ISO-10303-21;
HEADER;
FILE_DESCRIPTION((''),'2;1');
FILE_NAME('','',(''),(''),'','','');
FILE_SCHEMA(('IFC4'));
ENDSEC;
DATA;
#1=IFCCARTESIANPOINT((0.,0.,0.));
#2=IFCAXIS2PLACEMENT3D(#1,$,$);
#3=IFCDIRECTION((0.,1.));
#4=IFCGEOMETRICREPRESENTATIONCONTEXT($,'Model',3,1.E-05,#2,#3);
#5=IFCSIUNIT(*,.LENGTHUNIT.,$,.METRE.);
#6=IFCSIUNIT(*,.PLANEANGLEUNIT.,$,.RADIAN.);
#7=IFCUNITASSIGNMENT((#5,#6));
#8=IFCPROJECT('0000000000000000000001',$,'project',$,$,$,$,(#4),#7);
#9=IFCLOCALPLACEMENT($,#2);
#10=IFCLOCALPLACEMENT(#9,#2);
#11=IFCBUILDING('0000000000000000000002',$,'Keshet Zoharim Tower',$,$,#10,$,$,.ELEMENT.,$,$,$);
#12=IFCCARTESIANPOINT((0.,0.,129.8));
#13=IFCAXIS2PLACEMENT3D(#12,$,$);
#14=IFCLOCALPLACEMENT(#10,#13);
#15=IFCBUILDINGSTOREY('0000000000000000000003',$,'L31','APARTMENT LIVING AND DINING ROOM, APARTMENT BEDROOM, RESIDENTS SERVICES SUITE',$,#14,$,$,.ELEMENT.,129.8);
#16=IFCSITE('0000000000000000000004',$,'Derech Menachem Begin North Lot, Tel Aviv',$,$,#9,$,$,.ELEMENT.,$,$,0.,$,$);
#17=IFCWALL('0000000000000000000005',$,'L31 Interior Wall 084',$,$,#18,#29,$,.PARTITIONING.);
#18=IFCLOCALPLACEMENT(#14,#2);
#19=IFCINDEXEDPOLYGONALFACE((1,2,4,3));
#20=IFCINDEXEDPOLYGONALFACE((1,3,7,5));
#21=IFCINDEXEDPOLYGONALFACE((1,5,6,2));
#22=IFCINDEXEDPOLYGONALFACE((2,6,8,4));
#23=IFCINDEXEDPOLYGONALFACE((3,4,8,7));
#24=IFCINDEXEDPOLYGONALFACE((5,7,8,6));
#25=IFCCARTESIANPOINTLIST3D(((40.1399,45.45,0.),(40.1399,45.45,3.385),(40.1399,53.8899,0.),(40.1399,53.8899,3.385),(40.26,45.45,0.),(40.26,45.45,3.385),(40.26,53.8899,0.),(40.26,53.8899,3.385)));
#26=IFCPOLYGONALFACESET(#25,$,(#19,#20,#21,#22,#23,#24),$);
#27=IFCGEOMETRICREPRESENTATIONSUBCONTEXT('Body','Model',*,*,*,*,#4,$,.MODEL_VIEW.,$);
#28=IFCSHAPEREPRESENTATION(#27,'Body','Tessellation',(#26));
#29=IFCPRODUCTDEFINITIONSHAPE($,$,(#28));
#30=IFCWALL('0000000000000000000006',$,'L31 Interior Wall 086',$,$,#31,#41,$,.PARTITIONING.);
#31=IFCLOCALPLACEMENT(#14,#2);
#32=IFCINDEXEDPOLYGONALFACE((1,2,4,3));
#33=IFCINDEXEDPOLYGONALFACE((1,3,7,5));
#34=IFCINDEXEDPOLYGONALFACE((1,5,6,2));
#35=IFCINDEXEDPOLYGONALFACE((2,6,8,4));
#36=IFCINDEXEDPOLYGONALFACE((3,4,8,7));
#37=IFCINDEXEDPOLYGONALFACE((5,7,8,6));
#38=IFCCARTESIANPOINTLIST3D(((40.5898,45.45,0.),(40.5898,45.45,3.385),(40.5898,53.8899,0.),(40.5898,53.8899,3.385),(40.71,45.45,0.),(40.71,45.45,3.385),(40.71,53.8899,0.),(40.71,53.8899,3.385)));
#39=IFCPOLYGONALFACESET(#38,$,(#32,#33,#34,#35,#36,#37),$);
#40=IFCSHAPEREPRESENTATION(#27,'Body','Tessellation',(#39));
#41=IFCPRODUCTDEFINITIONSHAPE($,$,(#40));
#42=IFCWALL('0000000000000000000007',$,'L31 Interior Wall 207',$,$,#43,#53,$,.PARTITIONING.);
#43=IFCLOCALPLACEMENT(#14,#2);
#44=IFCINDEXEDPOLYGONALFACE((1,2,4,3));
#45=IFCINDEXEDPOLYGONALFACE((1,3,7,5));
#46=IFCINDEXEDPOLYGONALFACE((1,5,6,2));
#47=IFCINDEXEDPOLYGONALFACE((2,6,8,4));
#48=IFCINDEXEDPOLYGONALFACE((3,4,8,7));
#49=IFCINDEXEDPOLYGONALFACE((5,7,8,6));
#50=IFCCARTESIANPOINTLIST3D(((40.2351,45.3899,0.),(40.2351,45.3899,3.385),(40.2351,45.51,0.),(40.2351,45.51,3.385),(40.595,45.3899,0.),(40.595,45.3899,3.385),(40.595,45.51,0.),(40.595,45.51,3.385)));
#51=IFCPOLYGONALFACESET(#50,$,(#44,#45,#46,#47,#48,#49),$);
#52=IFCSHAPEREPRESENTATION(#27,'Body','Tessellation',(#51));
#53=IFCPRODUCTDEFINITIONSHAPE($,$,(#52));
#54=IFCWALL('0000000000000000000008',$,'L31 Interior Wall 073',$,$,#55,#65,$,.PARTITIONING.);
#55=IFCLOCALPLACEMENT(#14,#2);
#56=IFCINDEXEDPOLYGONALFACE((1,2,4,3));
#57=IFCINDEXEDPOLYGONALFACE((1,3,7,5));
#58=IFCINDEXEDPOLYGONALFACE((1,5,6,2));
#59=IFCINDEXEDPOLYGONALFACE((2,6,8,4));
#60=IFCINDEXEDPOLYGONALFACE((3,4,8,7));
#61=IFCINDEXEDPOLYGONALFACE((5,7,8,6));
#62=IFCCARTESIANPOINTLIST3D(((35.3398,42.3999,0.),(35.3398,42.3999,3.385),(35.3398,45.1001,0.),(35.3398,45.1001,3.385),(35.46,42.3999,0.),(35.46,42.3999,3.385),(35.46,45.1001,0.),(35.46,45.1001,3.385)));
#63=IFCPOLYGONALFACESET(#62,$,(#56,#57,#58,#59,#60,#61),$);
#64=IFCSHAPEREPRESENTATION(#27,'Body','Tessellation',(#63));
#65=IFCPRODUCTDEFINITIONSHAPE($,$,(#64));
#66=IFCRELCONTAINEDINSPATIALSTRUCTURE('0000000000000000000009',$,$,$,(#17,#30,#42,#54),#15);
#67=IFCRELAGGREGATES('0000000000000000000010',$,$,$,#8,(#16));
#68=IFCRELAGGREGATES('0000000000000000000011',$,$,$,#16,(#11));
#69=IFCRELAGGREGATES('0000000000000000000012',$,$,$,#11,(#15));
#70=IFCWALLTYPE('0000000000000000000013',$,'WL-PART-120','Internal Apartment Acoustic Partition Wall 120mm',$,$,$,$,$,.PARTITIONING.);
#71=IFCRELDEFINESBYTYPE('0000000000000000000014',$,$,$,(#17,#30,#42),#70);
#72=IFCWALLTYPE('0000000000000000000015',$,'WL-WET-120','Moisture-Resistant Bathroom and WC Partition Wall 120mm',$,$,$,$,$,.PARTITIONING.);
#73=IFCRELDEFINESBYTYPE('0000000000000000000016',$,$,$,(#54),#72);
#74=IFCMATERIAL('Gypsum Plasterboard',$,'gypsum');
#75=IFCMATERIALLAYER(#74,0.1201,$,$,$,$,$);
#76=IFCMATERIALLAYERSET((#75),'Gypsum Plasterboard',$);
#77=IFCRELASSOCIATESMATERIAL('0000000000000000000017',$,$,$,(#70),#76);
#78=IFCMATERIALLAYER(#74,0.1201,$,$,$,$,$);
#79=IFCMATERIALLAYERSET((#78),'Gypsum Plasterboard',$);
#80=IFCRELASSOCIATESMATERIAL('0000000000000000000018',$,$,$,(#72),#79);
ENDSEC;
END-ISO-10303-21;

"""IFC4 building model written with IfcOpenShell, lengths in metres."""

from ifc_helpers import new_model, si_unit, direction, frame, frame_2d, origin, place, context, subcontext, project, spatial, rectangle, extrude, material, layer, layer_set, type_object, element, save


model = new_model("IFC4")

# Units and contexts
model_context = context("Model", 3, precision=1e-05, world=origin(), true_north=direction((0.0, 1.0)))
body_context = subcontext(model_context, "Body", "Model", "MODEL_VIEW")
ifc_project = project(units=[si_unit("LENGTHUNIT", "METRE"), si_unit("PLANEANGLEUNIT", "RADIAN")], contexts=[model_context])

# Site, building, storey
site_placement = place(None, origin())
site = spatial("IfcSite", under=ifc_project, at=site_placement, Name="Derech Menachem Begin North Lot, Tel Aviv", CompositionType="ELEMENT", RefElevation=0.0)
building_placement = place(site_placement, origin())
building = spatial("IfcBuilding", under=site, at=building_placement, Name="Keshet Zoharim Tower", CompositionType="ELEMENT")
storey_placement = place(building_placement, frame((0.0, 0.0, 129.8)))
storey = spatial("IfcBuildingStorey", under=building, at=storey_placement, Name="L31", Description="APARTMENT LIVING AND DINING ROOM, APARTMENT BEDROOM, RESIDENTS SERVICES SUITE", CompositionType="ELEMENT", Elevation=129.8)

# Walls
ifc_material_1 = material(Name="Gypsum Plasterboard", Category="gypsum")
ifc_layer_1 = layer(ifc_material_1, 0.1201)
ifc_layer_set_1 = layer_set([ifc_layer_1], Name="Gypsum Plasterboard")
wall_type_1 = type_object("IfcWallType", Name="WL-PART-120", Description="Internal Apartment Acoustic Partition Wall 120mm", PredefinedType="PARTITIONING", material=ifc_layer_set_1)
for number, where, z_axis, x_axis, name in (
    (1, (40.2, 45.45, 0.0), (0.0, 0.0, 1.0), (0.0, 1.0, 0.0), "L31 Interior Wall 084"),
    (2, (40.6499, 45.45, 0.0), (0.0, 0.0, 1.0), (0.0, 1.0, 0.0), "L31 Interior Wall 086"),
):
    element("IfcWall", number, at=place(storey_placement, frame(where, z_axis=z_axis, x_axis=x_axis)), inside=storey, type_object=wall_type_1, Name=name, PredefinedType="PARTITIONING", context=body_context, shape_type="SweptSolid", body=[
        extrude(rectangle(XDim=8.4399, YDim=0.1201, at=frame_2d((4.22, 0.0))), origin(), (0.0, 0.0, 1.0), 3.385),
    ])

# Wall
wall_1_placement = place(storey_placement, frame((40.2351, 45.45, 0.0), z_axis=(0.0, 0.0, 1.0), x_axis=(1.0, 0.0, 0.0)))
element("IfcWall", 3, at=wall_1_placement, inside=storey, type_object=wall_type_1, Name="L31 Interior Wall 207", PredefinedType="PARTITIONING", context=body_context, shape_type="SweptSolid", body=[
    extrude(rectangle(XDim=0.3599, YDim=0.1201, at=frame_2d((0.1799, 0.0))), origin(), (0.0, 0.0, 1.0), 3.385),
])

# Wall
ifc_layer_2 = layer(ifc_material_1, 0.1201)
ifc_layer_set_2 = layer_set([ifc_layer_2], Name="Gypsum Plasterboard")
wall_type_2 = type_object("IfcWallType", Name="WL-WET-120", Description="Moisture-Resistant Bathroom and WC Partition Wall 120mm", PredefinedType="PARTITIONING", material=ifc_layer_set_2)
wall_2_placement = place(storey_placement, frame((35.3999, 42.3999, 0.0), z_axis=(0.0, 0.0, 1.0), x_axis=(0.0, 1.0, 0.0)))
element("IfcWall", 4, at=wall_2_placement, inside=storey, type_object=wall_type_2, Name="L31 Interior Wall 073", PredefinedType="PARTITIONING", context=body_context, shape_type="SweptSolid", body=[
    extrude(rectangle(XDim=2.7002, YDim=0.1201, at=frame_2d((1.3501, 0.0))), origin(), (0.0, 0.0, 1.0), 3.385),
])

save(model, "model.ifc")
